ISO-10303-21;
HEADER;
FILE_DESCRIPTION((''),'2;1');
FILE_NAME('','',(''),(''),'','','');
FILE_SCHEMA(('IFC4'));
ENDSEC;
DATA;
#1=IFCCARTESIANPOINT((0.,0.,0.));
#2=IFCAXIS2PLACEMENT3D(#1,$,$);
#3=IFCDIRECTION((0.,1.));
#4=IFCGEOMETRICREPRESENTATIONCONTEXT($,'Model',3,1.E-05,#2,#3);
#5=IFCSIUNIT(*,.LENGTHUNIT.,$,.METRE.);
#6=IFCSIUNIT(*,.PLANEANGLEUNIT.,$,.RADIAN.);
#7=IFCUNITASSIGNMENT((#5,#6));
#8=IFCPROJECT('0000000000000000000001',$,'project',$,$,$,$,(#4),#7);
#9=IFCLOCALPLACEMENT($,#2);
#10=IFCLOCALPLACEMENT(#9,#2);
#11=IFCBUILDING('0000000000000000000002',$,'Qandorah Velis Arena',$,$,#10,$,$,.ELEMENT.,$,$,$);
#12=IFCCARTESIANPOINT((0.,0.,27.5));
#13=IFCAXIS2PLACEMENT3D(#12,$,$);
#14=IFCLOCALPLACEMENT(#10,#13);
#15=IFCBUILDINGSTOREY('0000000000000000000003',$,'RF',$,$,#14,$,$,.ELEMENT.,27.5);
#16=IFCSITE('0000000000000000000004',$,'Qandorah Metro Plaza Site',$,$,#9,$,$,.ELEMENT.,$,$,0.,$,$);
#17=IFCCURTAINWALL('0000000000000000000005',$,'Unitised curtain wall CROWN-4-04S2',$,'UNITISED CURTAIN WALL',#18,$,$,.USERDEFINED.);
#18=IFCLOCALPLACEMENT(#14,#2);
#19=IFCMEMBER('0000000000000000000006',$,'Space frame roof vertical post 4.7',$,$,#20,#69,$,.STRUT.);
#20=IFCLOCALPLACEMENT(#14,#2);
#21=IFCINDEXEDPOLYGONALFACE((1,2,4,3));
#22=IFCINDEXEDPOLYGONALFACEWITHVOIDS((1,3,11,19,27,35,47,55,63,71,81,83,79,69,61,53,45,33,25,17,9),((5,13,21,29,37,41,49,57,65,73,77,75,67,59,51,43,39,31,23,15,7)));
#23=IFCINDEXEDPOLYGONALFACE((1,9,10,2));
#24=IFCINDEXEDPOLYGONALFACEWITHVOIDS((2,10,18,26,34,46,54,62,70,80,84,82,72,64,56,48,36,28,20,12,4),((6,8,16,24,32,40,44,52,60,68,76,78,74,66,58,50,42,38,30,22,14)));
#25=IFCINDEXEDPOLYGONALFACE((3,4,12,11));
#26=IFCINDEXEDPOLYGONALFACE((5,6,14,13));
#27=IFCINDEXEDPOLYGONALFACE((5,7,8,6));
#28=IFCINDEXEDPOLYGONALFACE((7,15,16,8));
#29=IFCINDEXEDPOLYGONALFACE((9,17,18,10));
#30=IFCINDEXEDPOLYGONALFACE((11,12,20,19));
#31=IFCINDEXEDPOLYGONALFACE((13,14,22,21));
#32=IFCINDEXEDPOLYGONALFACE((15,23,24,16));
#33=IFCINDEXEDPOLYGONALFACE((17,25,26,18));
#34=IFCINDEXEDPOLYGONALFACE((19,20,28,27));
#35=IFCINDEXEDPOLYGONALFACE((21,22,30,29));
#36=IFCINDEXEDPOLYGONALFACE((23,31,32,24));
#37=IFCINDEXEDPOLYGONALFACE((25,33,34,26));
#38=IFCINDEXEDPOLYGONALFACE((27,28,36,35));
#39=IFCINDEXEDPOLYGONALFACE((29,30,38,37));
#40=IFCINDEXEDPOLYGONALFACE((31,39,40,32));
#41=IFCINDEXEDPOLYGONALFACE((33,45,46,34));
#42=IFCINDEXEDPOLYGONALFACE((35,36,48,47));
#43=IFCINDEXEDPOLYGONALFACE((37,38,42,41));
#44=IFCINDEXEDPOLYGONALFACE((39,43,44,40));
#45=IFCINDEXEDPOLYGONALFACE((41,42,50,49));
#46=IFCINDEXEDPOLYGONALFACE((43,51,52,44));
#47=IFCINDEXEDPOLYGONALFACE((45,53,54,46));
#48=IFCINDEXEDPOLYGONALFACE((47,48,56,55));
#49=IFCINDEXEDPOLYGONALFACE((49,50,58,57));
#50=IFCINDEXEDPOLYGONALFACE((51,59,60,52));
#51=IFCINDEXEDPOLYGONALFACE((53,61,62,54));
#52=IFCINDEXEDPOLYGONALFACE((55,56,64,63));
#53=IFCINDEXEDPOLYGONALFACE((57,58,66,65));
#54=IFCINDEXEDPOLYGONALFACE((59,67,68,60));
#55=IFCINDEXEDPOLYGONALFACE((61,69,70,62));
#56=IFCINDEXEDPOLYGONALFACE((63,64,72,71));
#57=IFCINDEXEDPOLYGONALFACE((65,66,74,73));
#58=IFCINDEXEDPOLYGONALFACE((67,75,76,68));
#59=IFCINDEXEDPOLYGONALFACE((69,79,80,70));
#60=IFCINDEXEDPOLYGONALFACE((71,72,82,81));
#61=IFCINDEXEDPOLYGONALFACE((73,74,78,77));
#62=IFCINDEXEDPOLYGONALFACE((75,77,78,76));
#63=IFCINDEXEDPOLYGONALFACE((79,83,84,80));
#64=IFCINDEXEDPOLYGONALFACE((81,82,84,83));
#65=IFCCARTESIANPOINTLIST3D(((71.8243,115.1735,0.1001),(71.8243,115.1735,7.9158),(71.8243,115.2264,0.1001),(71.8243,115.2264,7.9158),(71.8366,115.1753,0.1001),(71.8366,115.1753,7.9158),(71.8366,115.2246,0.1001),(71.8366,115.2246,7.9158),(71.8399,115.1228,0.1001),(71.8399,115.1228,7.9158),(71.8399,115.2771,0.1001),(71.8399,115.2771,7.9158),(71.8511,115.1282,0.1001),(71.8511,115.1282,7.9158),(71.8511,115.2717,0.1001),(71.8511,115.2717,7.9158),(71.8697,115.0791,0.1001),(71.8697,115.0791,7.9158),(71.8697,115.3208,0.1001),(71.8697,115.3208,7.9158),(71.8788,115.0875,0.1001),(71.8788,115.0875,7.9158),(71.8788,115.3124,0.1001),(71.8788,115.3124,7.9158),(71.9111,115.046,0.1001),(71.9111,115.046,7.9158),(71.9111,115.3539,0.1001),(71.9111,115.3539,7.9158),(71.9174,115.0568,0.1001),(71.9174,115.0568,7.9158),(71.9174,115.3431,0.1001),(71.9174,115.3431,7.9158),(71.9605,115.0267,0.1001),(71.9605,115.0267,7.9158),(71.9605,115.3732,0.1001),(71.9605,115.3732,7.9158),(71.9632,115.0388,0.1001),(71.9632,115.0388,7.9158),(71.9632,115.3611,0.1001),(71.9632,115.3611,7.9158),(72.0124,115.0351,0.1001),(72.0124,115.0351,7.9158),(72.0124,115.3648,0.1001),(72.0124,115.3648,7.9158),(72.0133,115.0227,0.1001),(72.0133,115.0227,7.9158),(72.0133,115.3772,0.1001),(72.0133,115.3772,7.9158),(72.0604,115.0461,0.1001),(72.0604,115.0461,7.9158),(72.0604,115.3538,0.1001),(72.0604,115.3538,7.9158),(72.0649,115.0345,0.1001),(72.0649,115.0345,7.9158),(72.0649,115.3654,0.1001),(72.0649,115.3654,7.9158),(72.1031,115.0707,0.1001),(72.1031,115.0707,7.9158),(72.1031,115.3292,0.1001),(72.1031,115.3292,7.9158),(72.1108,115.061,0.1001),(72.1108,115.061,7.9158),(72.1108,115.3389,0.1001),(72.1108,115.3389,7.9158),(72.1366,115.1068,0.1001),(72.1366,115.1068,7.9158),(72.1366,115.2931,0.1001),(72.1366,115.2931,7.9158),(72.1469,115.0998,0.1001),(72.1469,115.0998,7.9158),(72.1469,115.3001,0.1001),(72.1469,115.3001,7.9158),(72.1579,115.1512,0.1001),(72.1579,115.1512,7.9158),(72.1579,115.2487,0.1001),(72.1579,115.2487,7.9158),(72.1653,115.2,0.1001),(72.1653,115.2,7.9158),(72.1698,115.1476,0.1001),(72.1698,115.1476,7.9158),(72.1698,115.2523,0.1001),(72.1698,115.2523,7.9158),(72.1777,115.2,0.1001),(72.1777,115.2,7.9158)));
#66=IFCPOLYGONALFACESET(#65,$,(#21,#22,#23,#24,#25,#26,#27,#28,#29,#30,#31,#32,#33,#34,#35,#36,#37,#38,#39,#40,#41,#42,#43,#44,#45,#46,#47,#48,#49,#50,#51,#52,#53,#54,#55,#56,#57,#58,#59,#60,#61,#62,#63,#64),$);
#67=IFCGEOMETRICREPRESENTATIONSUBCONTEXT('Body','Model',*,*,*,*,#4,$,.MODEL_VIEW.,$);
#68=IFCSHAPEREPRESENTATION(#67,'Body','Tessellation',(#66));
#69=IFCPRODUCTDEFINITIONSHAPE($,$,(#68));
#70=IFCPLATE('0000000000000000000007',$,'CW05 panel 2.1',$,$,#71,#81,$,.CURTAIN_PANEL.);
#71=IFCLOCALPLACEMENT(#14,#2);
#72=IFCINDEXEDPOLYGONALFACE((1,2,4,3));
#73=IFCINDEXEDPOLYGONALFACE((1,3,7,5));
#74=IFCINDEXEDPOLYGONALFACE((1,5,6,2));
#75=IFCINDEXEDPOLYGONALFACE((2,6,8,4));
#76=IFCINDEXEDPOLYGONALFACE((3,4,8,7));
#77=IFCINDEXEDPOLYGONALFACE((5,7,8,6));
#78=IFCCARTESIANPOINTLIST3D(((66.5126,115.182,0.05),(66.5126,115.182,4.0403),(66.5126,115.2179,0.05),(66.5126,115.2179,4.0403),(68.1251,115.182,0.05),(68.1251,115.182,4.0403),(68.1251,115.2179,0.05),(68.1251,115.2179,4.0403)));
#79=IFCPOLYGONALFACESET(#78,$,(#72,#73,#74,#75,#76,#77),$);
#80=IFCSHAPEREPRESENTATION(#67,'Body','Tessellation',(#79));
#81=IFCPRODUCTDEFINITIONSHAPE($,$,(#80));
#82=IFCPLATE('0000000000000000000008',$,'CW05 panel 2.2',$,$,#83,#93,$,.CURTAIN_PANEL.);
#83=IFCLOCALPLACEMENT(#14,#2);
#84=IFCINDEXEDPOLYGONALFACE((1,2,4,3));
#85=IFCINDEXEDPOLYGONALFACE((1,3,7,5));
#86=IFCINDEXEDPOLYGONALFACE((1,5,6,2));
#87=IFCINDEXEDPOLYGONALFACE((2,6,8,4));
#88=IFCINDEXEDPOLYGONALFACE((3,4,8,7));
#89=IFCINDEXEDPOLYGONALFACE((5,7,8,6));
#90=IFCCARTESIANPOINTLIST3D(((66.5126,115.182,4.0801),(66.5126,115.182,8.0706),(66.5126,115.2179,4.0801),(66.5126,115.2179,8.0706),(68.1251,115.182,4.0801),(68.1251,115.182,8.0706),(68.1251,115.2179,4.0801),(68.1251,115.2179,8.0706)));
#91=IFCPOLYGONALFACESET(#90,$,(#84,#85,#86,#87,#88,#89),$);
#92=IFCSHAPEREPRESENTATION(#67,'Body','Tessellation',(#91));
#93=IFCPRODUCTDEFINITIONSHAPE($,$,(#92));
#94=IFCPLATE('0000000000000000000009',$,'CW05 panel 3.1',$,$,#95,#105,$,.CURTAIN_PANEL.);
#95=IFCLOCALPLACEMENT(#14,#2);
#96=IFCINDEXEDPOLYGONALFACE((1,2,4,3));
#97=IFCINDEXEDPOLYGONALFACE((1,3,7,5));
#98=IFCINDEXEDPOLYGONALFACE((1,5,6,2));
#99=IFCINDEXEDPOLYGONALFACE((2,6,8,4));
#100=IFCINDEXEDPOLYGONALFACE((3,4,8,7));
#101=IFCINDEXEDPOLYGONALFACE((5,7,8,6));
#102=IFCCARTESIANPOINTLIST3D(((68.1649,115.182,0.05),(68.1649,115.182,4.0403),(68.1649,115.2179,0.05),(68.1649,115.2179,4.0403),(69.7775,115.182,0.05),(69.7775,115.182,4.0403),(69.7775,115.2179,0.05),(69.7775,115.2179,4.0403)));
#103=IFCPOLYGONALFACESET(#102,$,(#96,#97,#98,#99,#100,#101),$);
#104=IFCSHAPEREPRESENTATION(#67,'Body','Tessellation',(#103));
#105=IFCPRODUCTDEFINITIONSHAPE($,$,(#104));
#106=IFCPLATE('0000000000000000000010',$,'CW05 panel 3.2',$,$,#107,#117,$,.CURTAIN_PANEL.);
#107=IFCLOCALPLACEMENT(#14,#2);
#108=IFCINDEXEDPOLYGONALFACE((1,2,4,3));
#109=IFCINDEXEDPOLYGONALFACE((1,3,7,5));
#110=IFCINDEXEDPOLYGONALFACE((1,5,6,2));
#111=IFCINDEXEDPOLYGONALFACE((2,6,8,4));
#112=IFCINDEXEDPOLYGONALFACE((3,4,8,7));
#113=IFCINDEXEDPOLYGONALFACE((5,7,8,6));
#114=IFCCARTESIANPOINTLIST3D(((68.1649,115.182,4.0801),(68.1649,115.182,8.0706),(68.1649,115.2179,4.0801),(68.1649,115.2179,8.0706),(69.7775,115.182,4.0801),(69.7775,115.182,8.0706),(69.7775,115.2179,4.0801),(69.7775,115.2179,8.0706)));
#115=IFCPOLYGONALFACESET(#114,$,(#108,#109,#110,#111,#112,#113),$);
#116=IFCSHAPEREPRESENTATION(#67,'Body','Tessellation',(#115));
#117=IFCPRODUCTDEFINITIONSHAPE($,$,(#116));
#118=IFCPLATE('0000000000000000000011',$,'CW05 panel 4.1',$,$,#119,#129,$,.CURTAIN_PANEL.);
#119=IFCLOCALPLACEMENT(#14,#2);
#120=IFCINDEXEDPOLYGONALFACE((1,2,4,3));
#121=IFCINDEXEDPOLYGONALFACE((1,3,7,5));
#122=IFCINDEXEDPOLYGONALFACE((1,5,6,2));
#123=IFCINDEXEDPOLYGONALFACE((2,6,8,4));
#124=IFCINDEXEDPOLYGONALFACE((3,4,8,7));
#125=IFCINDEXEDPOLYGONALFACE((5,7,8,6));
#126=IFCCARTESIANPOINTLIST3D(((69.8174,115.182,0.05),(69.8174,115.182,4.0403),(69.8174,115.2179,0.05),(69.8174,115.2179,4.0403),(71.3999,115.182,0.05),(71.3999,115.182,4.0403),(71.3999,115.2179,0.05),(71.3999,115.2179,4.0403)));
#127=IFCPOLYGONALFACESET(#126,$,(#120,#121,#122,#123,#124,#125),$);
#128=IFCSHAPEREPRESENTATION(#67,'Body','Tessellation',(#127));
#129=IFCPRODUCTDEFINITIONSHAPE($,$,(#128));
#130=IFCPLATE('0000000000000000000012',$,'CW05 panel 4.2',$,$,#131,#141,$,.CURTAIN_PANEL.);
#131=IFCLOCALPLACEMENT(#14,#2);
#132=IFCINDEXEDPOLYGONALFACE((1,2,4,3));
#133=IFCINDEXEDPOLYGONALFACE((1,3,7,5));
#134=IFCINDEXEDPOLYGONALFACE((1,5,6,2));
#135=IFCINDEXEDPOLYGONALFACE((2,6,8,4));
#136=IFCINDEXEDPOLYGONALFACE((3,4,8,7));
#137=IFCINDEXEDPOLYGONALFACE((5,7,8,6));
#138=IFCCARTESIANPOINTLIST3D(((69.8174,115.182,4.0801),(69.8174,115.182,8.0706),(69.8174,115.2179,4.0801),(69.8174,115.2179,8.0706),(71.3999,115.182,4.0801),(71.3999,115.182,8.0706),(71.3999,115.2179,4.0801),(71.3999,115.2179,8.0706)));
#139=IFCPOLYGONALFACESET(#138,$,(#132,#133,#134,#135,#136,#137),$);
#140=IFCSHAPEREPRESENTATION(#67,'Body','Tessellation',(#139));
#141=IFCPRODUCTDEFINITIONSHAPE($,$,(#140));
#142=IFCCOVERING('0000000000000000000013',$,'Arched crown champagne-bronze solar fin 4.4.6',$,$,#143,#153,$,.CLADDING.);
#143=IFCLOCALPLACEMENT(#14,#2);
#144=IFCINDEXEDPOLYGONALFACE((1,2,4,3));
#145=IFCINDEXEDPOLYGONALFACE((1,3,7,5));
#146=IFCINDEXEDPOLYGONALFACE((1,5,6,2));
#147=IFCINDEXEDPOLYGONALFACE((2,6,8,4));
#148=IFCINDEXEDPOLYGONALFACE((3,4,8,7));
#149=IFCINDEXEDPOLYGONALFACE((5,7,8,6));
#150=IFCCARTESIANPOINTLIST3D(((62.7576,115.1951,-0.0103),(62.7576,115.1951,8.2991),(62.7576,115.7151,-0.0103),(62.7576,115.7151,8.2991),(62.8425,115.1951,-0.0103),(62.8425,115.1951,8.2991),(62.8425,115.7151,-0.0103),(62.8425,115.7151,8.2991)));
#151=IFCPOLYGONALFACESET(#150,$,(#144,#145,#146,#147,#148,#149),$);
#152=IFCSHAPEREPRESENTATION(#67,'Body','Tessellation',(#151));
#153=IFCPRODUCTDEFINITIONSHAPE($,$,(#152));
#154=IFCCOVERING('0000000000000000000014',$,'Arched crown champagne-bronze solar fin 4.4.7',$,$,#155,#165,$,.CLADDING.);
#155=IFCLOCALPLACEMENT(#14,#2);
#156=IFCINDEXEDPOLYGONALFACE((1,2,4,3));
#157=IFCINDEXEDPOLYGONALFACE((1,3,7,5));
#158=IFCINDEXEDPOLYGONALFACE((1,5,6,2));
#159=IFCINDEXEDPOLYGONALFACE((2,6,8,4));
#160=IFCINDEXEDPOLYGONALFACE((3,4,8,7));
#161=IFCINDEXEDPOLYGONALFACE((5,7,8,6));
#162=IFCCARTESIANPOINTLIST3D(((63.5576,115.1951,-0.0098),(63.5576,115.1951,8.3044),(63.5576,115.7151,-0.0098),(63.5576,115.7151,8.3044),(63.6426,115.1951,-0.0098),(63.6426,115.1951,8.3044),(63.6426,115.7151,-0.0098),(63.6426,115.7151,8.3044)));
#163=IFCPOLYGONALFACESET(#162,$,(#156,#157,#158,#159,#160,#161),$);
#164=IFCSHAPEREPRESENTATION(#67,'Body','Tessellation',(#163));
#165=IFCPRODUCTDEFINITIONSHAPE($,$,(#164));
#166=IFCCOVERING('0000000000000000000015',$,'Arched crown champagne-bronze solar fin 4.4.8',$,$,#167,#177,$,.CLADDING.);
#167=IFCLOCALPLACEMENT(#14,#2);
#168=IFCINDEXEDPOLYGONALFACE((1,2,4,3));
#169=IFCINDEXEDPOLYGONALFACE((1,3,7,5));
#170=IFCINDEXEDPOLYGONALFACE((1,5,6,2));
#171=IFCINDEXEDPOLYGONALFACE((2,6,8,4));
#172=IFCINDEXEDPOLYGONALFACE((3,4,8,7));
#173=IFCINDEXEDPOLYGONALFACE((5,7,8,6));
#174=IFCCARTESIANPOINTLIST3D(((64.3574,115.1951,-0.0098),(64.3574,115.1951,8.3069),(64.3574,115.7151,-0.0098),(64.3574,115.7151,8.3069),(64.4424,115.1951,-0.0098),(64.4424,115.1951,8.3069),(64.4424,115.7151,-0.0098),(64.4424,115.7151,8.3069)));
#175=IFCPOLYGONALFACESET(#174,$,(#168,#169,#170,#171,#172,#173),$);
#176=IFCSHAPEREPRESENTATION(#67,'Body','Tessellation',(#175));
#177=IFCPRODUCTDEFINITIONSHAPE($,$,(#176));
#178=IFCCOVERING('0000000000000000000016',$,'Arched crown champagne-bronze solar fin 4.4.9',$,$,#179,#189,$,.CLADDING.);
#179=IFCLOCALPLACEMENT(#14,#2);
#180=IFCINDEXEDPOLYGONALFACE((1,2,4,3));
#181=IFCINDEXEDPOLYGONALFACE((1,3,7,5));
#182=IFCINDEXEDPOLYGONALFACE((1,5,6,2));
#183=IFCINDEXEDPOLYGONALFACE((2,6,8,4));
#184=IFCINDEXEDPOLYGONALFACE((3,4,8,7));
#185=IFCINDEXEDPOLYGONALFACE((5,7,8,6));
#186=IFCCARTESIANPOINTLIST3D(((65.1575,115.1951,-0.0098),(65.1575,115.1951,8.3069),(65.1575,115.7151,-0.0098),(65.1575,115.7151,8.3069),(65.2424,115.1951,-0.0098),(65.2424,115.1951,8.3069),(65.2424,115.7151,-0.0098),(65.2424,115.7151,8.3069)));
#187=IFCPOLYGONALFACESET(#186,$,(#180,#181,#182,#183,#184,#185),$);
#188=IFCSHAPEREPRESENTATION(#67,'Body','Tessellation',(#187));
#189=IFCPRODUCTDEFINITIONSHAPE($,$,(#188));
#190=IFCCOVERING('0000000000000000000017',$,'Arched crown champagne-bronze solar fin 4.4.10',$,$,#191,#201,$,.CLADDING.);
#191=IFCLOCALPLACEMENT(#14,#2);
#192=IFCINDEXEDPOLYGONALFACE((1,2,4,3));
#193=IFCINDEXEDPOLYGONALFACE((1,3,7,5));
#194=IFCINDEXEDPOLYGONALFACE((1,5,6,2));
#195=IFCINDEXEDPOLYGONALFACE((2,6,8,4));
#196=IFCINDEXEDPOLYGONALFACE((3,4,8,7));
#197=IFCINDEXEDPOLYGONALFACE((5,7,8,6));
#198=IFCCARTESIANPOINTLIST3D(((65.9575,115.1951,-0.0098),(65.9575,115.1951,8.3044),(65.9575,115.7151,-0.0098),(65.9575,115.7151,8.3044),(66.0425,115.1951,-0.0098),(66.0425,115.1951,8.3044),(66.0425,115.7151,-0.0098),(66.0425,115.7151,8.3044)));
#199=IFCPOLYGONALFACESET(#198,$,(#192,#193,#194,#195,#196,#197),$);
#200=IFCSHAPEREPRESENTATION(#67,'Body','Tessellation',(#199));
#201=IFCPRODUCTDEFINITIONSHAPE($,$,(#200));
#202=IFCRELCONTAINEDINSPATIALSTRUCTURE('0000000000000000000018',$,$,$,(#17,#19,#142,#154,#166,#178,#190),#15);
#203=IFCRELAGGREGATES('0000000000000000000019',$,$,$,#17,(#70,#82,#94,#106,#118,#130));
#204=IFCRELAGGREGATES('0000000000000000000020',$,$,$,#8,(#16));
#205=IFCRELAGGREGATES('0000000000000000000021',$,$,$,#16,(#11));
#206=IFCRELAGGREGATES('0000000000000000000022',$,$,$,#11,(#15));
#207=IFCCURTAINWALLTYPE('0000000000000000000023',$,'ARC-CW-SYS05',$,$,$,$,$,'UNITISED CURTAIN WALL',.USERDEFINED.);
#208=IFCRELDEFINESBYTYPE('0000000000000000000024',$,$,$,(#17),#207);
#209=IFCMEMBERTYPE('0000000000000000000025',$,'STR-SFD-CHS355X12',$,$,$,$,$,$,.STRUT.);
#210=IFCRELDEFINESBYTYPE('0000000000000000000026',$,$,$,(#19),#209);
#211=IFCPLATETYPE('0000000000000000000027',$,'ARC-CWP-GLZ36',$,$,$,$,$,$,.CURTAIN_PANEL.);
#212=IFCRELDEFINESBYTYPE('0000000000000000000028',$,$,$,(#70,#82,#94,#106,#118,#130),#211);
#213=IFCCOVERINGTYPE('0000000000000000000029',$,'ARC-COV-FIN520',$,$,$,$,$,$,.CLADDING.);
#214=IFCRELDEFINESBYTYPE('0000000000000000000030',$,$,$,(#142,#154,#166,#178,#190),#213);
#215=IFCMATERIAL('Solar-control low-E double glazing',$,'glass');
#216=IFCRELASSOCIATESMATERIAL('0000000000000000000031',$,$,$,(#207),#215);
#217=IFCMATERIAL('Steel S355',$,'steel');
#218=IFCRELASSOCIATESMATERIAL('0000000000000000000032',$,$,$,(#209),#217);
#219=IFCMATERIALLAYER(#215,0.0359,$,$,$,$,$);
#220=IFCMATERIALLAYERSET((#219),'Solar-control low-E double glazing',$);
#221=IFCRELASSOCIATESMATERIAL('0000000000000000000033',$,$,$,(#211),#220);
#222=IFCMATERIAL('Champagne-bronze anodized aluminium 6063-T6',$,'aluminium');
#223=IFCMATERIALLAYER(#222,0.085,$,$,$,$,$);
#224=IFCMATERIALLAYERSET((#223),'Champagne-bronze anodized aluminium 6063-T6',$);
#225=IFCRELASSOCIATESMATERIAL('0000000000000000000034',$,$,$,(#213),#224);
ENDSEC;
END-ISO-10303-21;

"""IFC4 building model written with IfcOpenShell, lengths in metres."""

from ifc_helpers import new_model, si_unit, direction, frame, origin, origin_2d, place, context, subcontext, project, spatial, rectangle, hollow_circle, extrude, material, layer, layer_set, material_profile, profile_set, type_object, element, aggregate, save


model = new_model("IFC4")

# Units and contexts
model_context = context("Model", 3, precision=1e-05, world=origin(), true_north=direction((0.0, 1.0)))
body_context = subcontext(model_context, "Body", "Model", "MODEL_VIEW")
ifc_project = project(units=[si_unit("LENGTHUNIT", "METRE"), si_unit("PLANEANGLEUNIT", "RADIAN")], contexts=[model_context])

# Site, building, storey
site_placement = place(None, origin())
site = spatial("IfcSite", under=ifc_project, at=site_placement, Name="Qandorah Metro Plaza Site", CompositionType="ELEMENT", RefElevation=0.0)
building_placement = place(site_placement, origin())
building = spatial("IfcBuilding", under=site, at=building_placement, Name="Qandorah Velis Arena", CompositionType="ELEMENT")
storey_placement = place(building_placement, frame((0.0, 0.0, 27.5)))
storey = spatial("IfcBuildingStorey", under=building, at=storey_placement, Name="RF", CompositionType="ELEMENT", Elevation=27.5)

# Curtain wall
ifc_material_1 = material(Name="Solar-control low-E double glazing", Category="glass")
curtain_wall_type = type_object("IfcCurtainWallType", Name="ARC-CW-SYS05", ElementType="UNITISED CURTAIN WALL", PredefinedType="USERDEFINED", material=ifc_material_1)
curtain_wall_placement = place(storey_placement, origin())
curtain_wall = element("IfcCurtainWall", 1, at=curtain_wall_placement, inside=storey, type_object=curtain_wall_type, Name="Unitised curtain wall CROWN-4-04S2", ObjectType="UNITISED CURTAIN WALL", PredefinedType="USERDEFINED")
ifc_material_2 = material(Name="Champagne-bronze anodized aluminium 6063-T6", Category="aluminium")

# Shared definitions
ifc_material_3 = material(Name="Steel S355", Category="steel")

# Member
ifc_material_profile_1 = material_profile(ifc_material_3, hollow_circle(Radius=0.1777, WallThickness=0.0125, at=origin_2d()), Name="CHS 355.6x12.5")
ifc_profile_set_1 = profile_set([ifc_material_profile_1], Name="Steel S355")
member_type_1 = type_object("IfcMemberType", Name="STR-SFD-CHS355X12", PredefinedType="STRUT", material=ifc_profile_set_1)
member_1_placement = place(storey_placement, frame((72.0, 115.2, 0.1001), z_axis=(0.0, 0.0, 1.0), x_axis=(1.0, 0.0, 0.0)))
element("IfcMember", 2, at=member_1_placement, inside=storey, type_object=member_type_1, Name="Space frame roof vertical post 4.7", PredefinedType="STRUT", context=body_context, shape_type="SweptSolid", body=[
    extrude(hollow_circle(Radius=0.1777, WallThickness=0.0125, at=origin_2d()), origin(), (0.0, 0.0, 1.0), 7.8157),
])

# Plates
ifc_layer_1 = layer(ifc_material_1, 0.0359)
ifc_layer_set_1 = layer_set([ifc_layer_1], Name="Solar-control low-E double glazing")
plate_type = type_object("IfcPlateType", Name="ARC-CWP-GLZ36", PredefinedType="CURTAIN_PANEL", material=ifc_layer_set_1)
plate_1_placement = place(storey_placement, frame((67.3188, 115.2, 0.05), z_axis=(0.0, 0.0, 1.0), x_axis=(1.0, 0.0, 0.0)))
plate_1 = element("IfcPlate", 3, at=plate_1_placement, type_object=plate_type, Name="CW05 panel 2.1", PredefinedType="CURTAIN_PANEL", context=body_context, shape_type="SweptSolid", body=[
    extrude(rectangle(XDim=1.6125, YDim=0.0359, at=origin_2d()), origin(), (0.0, 0.0, 1.0), 3.9902),
])
plate_2_placement = place(storey_placement, frame((67.3188, 115.2, 4.0801), z_axis=(0.0, 0.0, 1.0), x_axis=(1.0, 0.0, 0.0)))
plate_2 = element("IfcPlate", 4, at=plate_2_placement, type_object=plate_type, Name="CW05 panel 2.2", PredefinedType="CURTAIN_PANEL", context=body_context, shape_type="SweptSolid", body=[
    extrude(rectangle(XDim=1.6125, YDim=0.0359, at=origin_2d()), origin(), (0.0, 0.0, 1.0), 3.9905),
])
plate_3_placement = place(storey_placement, frame((68.9712, 115.2, 0.05), z_axis=(0.0, 0.0, 1.0), x_axis=(1.0, 0.0, 0.0)))
plate_3 = element("IfcPlate", 5, at=plate_3_placement, type_object=plate_type, Name="CW05 panel 3.1", PredefinedType="CURTAIN_PANEL", context=body_context, shape_type="SweptSolid", body=[
    extrude(rectangle(XDim=1.6125, YDim=0.0359, at=origin_2d()), origin(), (0.0, 0.0, 1.0), 3.9902),
])
plate_4_placement = place(storey_placement, frame((68.9712, 115.2, 4.0801), z_axis=(0.0, 0.0, 1.0), x_axis=(1.0, 0.0, 0.0)))
plate_4 = element("IfcPlate", 6, at=plate_4_placement, type_object=plate_type, Name="CW05 panel 3.2", PredefinedType="CURTAIN_PANEL", context=body_context, shape_type="SweptSolid", body=[
    extrude(rectangle(XDim=1.6125, YDim=0.0359, at=origin_2d()), origin(), (0.0, 0.0, 1.0), 3.9905),
])
plate_5_placement = place(storey_placement, frame((70.6086, 115.2, 0.05), z_axis=(0.0, 0.0, 1.0), x_axis=(1.0, 0.0, 0.0)))
plate_5 = element("IfcPlate", 7, at=plate_5_placement, type_object=plate_type, Name="CW05 panel 4.1", PredefinedType="CURTAIN_PANEL", context=body_context, shape_type="SweptSolid", body=[
    extrude(rectangle(XDim=1.5825, YDim=0.0359, at=origin_2d()), origin(), (0.0, 0.0, 1.0), 3.9902),
])
plate_6_placement = place(storey_placement, frame((70.6086, 115.2, 4.0801), z_axis=(0.0, 0.0, 1.0), x_axis=(1.0, 0.0, 0.0)))
plate_6 = element("IfcPlate", 8, at=plate_6_placement, type_object=plate_type, Name="CW05 panel 4.2", PredefinedType="CURTAIN_PANEL", context=body_context, shape_type="SweptSolid", body=[
    extrude(rectangle(XDim=1.5825, YDim=0.0359, at=origin_2d()), origin(), (0.0, 0.0, 1.0), 3.9905),
])
aggregate(curtain_wall, [plate_1, plate_2, plate_3, plate_4, plate_5, plate_6])

# Coverings
ifc_layer_2 = layer(ifc_material_2, 0.085)
ifc_layer_set_2 = layer_set([ifc_layer_2], Name="Champagne-bronze anodized aluminium 6063-T6")
covering_type = type_object("IfcCoveringType", Name="ARC-COV-FIN520", PredefinedType="CLADDING", material=ifc_layer_set_2)
covering_1_placement = place(storey_placement, frame((62.8, 115.4551, -0.0103), z_axis=(0.0, 0.0, 1.0), x_axis=(1.0, 0.0, 0.0)))
element("IfcCovering", 9, at=covering_1_placement, inside=storey, type_object=covering_type, Name="Arched crown champagne-bronze solar fin 4.4.6", PredefinedType="CLADDING", context=body_context, shape_type="SweptSolid", body=[
    extrude(rectangle(XDim=0.085, YDim=0.52, at=origin_2d()), origin(), (0.0, 0.0, 1.0), 8.3093),
])
covering_2_placement = place(storey_placement, frame((63.6001, 115.4551, -0.0098), z_axis=(0.0, 0.0, 1.0), x_axis=(1.0, 0.0, 0.0)))
element("IfcCovering", 10, at=covering_2_placement, inside=storey, type_object=covering_type, Name="Arched crown champagne-bronze solar fin 4.4.7", PredefinedType="CLADDING", context=body_context, shape_type="SweptSolid", body=[
    extrude(rectangle(XDim=0.085, YDim=0.52, at=origin_2d()), origin(), (0.0, 0.0, 1.0), 8.3142),
])
for number, where, z_axis, x_axis, name in (
    (11, (64.3999, 115.4551, -0.0098), (0.0, 0.0, 1.0), (1.0, 0.0, 0.0), "Arched crown champagne-bronze solar fin 4.4.8"),
    (12, (65.2, 115.4551, -0.0098), (0.0, 0.0, 1.0), (1.0, 0.0, 0.0), "Arched crown champagne-bronze solar fin 4.4.9"),
):
    element("IfcCovering", number, at=place(storey_placement, frame(where, z_axis=z_axis, x_axis=x_axis)), inside=storey, type_object=covering_type, Name=name, PredefinedType="CLADDING", context=body_context, shape_type="SweptSolid", body=[
        extrude(rectangle(XDim=0.085, YDim=0.52, at=origin_2d()), origin(), (0.0, 0.0, 1.0), 8.3167),
    ])
covering_3_placement = place(storey_placement, frame((66.0, 115.4551, -0.0098), z_axis=(0.0, 0.0, 1.0), x_axis=(1.0, 0.0, 0.0)))
element("IfcCovering", 13, at=covering_3_placement, inside=storey, type_object=covering_type, Name="Arched crown champagne-bronze solar fin 4.4.10", PredefinedType="CLADDING", context=body_context, shape_type="SweptSolid", body=[
    extrude(rectangle(XDim=0.085, YDim=0.52, at=origin_2d()), origin(), (0.0, 0.0, 1.0), 8.3142),
])

save(model, "model.ifc")
